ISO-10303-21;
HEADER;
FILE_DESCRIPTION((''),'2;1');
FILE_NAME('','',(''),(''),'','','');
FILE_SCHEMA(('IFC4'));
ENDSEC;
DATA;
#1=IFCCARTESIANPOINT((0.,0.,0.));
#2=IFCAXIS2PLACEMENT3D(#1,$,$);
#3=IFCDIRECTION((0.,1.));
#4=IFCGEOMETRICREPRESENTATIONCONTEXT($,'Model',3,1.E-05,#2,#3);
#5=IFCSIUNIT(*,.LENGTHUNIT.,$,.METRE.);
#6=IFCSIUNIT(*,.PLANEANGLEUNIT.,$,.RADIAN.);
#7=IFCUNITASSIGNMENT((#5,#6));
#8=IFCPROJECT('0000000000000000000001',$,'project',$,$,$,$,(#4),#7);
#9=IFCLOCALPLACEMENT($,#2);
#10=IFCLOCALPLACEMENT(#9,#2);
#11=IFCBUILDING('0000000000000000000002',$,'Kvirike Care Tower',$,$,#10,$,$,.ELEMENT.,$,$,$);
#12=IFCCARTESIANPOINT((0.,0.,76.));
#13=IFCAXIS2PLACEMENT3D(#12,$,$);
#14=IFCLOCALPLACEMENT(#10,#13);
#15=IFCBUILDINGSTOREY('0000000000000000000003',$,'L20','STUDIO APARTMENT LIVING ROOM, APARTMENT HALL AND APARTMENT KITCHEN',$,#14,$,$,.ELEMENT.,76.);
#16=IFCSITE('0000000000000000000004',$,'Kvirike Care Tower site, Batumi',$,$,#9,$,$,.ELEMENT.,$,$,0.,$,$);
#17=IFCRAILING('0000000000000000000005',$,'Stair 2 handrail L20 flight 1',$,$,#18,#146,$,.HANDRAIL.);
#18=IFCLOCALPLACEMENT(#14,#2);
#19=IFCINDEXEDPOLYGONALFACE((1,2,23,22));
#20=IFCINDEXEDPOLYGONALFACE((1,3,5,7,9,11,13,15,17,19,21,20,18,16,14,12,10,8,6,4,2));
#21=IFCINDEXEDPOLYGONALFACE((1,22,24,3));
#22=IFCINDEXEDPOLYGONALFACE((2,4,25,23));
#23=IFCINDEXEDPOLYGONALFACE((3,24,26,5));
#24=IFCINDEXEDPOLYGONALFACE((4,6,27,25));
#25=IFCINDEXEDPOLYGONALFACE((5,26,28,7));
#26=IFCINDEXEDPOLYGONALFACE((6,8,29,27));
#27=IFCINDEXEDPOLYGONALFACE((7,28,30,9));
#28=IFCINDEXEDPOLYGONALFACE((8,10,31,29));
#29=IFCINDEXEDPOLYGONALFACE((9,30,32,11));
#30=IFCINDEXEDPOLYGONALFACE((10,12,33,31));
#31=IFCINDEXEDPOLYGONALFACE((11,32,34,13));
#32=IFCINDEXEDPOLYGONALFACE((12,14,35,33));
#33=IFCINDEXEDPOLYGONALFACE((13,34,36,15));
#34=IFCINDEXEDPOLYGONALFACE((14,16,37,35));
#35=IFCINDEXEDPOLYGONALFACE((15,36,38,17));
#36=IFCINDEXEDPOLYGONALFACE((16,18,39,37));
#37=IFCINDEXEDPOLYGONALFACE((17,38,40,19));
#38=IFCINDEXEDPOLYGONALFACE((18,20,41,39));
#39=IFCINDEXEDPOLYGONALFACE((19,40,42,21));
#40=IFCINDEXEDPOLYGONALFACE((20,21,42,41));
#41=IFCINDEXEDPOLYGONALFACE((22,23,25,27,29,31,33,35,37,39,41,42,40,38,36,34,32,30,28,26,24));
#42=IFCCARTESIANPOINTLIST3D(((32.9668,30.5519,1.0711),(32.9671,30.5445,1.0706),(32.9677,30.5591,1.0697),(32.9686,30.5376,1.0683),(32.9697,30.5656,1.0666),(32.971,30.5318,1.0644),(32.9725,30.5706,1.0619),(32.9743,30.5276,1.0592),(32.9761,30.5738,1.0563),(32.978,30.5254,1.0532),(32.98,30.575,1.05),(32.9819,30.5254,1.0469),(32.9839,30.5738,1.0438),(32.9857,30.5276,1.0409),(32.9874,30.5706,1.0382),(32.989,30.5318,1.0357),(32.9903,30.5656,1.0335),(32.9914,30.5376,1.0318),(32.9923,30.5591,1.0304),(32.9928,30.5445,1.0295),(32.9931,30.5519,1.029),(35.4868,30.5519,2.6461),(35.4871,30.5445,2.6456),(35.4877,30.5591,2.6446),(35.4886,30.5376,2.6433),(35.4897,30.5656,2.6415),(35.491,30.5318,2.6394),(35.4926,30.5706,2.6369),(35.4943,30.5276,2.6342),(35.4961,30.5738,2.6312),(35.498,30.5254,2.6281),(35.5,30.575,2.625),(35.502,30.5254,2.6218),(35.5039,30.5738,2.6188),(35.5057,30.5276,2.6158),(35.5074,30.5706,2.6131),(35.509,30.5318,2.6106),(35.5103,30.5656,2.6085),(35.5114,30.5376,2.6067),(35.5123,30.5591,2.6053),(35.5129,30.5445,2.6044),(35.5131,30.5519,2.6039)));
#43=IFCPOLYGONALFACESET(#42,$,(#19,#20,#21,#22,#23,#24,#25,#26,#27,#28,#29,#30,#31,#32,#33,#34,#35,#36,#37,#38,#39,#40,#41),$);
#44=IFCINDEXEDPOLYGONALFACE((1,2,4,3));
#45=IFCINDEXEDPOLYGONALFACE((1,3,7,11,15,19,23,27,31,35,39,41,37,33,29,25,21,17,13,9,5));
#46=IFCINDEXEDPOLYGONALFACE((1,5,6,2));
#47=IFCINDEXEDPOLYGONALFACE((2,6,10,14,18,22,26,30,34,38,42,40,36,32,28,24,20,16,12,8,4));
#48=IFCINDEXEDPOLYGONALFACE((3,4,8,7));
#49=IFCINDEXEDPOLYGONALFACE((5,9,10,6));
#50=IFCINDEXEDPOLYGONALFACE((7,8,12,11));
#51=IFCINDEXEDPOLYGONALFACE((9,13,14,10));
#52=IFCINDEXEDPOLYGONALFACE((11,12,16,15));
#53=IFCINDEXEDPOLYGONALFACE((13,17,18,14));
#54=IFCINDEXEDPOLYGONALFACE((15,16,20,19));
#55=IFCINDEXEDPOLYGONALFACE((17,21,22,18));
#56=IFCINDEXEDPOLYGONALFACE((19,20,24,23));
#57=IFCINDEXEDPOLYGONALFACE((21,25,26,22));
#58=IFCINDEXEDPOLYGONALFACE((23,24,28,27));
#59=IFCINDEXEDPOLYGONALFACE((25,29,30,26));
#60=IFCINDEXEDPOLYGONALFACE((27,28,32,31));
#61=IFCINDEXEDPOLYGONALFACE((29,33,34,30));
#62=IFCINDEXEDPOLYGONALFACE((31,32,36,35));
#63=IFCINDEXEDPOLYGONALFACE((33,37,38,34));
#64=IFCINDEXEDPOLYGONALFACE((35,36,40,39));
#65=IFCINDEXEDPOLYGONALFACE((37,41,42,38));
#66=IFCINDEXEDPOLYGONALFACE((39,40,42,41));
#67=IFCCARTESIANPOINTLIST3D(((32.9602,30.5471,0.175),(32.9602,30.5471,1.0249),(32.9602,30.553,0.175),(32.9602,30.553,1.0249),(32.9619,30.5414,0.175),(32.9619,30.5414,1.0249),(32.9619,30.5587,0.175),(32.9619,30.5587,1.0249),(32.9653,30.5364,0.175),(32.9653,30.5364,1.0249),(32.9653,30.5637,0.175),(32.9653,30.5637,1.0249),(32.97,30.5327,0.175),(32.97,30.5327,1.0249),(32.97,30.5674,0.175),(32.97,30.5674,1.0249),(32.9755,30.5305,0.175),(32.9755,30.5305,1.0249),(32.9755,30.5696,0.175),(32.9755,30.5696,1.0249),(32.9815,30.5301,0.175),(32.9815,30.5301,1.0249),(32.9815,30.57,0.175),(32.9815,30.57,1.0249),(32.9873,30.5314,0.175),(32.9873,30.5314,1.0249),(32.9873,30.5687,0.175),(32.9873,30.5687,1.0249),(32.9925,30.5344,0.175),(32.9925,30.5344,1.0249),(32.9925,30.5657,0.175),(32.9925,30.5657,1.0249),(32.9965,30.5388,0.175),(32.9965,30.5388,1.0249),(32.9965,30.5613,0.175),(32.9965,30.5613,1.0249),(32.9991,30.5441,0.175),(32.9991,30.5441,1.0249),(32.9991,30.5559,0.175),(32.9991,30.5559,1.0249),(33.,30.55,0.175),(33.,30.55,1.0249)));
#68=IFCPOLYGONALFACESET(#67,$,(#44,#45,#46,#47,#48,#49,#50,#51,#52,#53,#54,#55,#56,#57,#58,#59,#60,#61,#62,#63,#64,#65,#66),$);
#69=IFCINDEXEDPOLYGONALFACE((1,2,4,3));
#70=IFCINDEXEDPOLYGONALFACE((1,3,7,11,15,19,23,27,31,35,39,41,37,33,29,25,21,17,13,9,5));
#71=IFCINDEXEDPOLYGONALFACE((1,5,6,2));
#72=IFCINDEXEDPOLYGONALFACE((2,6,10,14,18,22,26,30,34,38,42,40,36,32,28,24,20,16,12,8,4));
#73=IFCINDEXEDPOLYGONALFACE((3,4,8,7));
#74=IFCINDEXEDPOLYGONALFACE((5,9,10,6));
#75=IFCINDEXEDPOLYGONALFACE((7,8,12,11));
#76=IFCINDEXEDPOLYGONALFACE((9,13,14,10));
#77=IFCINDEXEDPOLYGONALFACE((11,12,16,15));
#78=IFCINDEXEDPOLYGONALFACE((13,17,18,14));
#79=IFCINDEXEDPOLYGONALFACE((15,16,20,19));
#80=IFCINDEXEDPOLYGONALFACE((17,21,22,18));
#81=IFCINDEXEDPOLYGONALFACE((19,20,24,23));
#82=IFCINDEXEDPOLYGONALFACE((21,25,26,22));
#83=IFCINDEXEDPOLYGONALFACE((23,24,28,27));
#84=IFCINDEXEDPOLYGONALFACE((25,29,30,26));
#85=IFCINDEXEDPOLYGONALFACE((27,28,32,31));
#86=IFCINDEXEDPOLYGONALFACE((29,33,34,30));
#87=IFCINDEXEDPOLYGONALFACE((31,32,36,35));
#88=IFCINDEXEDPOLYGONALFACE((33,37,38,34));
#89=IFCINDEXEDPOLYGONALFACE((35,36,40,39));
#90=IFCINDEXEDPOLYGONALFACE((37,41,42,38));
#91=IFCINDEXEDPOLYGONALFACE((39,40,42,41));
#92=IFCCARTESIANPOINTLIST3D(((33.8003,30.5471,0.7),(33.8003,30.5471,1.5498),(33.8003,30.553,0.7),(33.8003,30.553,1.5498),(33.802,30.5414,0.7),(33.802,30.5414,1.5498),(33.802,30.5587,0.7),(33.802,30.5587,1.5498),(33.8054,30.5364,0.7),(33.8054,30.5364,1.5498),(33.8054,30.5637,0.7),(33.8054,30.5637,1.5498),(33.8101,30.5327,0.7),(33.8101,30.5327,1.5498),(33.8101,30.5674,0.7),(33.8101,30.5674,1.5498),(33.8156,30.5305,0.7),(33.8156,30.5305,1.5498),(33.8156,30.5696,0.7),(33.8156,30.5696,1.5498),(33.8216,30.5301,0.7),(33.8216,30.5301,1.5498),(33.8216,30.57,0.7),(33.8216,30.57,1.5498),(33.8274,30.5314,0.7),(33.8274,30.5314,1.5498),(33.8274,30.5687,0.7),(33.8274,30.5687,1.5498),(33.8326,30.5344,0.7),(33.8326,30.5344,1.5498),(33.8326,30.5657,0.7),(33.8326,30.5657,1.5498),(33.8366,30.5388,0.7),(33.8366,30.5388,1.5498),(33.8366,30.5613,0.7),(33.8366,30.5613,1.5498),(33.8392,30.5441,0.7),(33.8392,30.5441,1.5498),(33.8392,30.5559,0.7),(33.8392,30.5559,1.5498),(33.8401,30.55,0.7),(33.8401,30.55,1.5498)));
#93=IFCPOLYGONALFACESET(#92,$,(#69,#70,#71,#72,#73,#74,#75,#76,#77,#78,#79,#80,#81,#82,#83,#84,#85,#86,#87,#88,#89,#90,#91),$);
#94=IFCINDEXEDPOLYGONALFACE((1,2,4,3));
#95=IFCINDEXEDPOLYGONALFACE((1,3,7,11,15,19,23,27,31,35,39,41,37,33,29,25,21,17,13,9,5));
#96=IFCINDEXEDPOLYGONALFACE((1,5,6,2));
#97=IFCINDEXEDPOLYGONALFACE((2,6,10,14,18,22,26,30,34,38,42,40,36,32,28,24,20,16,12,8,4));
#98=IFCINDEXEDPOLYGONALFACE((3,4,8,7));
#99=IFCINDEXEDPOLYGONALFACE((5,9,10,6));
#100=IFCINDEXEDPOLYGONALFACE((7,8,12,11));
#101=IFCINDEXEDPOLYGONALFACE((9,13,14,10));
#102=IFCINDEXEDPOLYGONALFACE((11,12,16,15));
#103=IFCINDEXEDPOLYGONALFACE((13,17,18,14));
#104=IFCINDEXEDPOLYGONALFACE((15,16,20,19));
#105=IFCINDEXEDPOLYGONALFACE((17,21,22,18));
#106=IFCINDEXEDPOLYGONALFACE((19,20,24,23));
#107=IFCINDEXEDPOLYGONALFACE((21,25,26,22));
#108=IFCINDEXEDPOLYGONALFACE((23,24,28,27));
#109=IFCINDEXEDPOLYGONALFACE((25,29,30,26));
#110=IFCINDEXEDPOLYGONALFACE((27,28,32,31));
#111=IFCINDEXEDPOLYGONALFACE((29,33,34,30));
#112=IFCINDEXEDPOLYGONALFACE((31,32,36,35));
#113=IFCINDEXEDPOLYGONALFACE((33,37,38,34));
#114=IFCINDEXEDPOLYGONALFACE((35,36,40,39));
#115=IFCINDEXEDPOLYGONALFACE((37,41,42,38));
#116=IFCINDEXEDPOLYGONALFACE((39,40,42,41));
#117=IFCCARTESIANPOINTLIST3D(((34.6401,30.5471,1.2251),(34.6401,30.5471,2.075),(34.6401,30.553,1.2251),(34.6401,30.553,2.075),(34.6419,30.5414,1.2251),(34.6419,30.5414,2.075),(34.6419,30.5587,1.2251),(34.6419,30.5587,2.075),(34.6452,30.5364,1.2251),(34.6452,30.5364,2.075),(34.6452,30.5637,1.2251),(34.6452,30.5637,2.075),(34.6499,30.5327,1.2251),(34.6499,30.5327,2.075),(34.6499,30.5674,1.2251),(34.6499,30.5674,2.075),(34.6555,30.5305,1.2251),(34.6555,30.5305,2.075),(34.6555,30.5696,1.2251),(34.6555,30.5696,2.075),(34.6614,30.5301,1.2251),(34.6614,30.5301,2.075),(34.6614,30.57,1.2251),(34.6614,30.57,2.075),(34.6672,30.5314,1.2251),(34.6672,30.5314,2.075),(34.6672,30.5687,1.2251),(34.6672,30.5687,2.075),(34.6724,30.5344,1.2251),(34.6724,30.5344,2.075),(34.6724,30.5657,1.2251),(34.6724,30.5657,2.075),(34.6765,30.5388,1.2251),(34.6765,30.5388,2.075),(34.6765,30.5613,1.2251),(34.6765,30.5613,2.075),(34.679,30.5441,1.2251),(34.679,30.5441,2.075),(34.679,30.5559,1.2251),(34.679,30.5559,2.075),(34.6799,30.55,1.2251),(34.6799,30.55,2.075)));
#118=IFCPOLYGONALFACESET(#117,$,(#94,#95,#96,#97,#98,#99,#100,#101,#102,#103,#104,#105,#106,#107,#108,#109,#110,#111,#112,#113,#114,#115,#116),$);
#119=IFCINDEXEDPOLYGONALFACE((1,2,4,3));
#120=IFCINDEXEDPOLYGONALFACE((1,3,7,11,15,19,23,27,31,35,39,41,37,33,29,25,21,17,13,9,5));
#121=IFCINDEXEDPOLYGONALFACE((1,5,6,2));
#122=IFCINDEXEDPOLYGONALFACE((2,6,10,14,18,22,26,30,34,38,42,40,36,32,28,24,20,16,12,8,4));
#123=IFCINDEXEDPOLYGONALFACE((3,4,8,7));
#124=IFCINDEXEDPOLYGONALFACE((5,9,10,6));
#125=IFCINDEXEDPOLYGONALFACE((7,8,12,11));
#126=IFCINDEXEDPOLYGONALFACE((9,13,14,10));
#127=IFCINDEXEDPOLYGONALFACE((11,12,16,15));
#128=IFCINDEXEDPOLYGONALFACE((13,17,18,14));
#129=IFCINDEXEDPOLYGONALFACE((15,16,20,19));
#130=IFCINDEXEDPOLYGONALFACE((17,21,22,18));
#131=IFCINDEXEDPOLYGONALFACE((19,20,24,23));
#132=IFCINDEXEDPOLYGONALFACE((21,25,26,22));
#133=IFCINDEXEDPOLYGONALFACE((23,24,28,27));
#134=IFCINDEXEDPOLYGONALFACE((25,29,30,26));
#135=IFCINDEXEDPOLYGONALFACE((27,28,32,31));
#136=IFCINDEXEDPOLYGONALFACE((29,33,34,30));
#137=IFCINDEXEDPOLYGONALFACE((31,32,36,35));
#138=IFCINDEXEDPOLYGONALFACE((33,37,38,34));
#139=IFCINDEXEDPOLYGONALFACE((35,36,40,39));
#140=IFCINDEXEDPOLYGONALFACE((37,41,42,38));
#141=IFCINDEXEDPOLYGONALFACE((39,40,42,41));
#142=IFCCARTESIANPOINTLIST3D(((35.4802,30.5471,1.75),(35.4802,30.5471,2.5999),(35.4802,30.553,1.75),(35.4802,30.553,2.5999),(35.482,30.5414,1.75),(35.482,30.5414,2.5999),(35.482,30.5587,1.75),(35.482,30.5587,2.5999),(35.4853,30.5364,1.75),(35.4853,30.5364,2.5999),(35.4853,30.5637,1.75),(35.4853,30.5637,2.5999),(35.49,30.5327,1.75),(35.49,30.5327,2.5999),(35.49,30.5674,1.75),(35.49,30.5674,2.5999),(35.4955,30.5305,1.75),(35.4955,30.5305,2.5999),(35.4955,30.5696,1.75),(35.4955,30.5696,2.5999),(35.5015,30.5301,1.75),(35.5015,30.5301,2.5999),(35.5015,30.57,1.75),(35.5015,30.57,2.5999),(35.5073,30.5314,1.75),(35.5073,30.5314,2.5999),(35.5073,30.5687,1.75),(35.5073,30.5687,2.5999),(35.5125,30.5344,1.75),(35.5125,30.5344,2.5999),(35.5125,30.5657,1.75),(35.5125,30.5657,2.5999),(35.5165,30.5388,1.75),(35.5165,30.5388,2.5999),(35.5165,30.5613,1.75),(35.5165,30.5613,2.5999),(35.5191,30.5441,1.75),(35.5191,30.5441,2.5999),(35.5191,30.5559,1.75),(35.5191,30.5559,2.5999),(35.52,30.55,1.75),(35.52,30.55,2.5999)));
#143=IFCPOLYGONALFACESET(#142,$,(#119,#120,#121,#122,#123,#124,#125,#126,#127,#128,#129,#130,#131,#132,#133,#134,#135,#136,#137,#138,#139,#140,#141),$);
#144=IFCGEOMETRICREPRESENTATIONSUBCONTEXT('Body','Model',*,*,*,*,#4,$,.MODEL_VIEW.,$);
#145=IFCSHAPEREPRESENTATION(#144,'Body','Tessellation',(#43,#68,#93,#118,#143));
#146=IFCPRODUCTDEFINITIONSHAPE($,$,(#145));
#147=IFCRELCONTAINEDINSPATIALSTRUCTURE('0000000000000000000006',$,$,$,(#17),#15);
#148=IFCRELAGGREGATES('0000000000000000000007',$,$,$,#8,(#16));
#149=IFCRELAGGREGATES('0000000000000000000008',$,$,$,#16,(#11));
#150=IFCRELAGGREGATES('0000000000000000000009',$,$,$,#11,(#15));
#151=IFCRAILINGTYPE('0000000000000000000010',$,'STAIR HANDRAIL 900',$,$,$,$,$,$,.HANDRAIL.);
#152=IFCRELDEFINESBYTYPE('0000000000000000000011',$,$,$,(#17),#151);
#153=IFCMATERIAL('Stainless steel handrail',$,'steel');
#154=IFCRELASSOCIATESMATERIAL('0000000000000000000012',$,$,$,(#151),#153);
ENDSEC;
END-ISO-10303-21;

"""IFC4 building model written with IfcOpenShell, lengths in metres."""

from ifc_helpers import new_model, si_unit, direction, frame, origin, origin_2d, place, context, subcontext, project, spatial, circle, extrude, material, type_object, element, save


model = new_model("IFC4")

# Units and contexts
model_context = context("Model", 3, precision=1e-05, world=origin(), true_north=direction((0.0, 1.0)))
body_context = subcontext(model_context, "Body", "Model", "MODEL_VIEW")
ifc_project = project(units=[si_unit("LENGTHUNIT", "METRE"), si_unit("PLANEANGLEUNIT", "RADIAN")], contexts=[model_context])

# Site, building, storey
site_placement = place(None, origin())
site = spatial("IfcSite", under=ifc_project, at=site_placement, Name="Kvirike Care Tower site, Batumi", CompositionType="ELEMENT", RefElevation=0.0)
building_placement = place(site_placement, origin())
building = spatial("IfcBuilding", under=site, at=building_placement, Name="Kvirike Care Tower", CompositionType="ELEMENT")
storey_placement = place(building_placement, frame((0.0, 0.0, 76.0)))
storey = spatial("IfcBuildingStorey", under=building, at=storey_placement, Name="L20", Description="STUDIO APARTMENT LIVING ROOM, APARTMENT HALL AND APARTMENT KITCHEN", CompositionType="ELEMENT", Elevation=76.0)

# Railing
ifc_material_1 = material(Name="Stainless steel handrail", Category="steel")
railing_type = type_object("IfcRailingType", Name="STAIR HANDRAIL 900", PredefinedType="HANDRAIL", material=ifc_material_1)
railing_placement = place(storey_placement, frame((32.98, 30.55, 0.175)))
element("IfcRailing", 1, at=railing_placement, inside=storey, type_object=railing_type, Name="Stair 2 handrail L20 flight 1", PredefinedType="HANDRAIL", context=body_context, shape_type="SweptSolid", body=[
    extrude(circle(Radius=0.0249, at=origin_2d()), frame((0.0, 0.0, 0.875), z_axis=(0.848008, 0.0, 0.529984), x_axis=(0.0, 1.0, 0.0)), (0.0, 0.0, 1.0), 2.9717),
    extrude(circle(Radius=0.02, at=origin_2d()), origin(), (0.0, 0.0, 1.0), 0.8499),
    extrude(circle(Radius=0.02, at=origin_2d()), frame((0.8401, 0.0, 0.5249)), (0.0, 0.0, 1.0), 0.8499),
    extrude(circle(Radius=0.02, at=origin_2d()), frame((1.6799, 0.0, 1.05)), (0.0, 0.0, 1.0), 0.8499),
    extrude(circle(Radius=0.02, at=origin_2d()), frame((2.52, 0.0, 1.575)), (0.0, 0.0, 1.0), 0.8499),
])

save(model, "model.ifc")
